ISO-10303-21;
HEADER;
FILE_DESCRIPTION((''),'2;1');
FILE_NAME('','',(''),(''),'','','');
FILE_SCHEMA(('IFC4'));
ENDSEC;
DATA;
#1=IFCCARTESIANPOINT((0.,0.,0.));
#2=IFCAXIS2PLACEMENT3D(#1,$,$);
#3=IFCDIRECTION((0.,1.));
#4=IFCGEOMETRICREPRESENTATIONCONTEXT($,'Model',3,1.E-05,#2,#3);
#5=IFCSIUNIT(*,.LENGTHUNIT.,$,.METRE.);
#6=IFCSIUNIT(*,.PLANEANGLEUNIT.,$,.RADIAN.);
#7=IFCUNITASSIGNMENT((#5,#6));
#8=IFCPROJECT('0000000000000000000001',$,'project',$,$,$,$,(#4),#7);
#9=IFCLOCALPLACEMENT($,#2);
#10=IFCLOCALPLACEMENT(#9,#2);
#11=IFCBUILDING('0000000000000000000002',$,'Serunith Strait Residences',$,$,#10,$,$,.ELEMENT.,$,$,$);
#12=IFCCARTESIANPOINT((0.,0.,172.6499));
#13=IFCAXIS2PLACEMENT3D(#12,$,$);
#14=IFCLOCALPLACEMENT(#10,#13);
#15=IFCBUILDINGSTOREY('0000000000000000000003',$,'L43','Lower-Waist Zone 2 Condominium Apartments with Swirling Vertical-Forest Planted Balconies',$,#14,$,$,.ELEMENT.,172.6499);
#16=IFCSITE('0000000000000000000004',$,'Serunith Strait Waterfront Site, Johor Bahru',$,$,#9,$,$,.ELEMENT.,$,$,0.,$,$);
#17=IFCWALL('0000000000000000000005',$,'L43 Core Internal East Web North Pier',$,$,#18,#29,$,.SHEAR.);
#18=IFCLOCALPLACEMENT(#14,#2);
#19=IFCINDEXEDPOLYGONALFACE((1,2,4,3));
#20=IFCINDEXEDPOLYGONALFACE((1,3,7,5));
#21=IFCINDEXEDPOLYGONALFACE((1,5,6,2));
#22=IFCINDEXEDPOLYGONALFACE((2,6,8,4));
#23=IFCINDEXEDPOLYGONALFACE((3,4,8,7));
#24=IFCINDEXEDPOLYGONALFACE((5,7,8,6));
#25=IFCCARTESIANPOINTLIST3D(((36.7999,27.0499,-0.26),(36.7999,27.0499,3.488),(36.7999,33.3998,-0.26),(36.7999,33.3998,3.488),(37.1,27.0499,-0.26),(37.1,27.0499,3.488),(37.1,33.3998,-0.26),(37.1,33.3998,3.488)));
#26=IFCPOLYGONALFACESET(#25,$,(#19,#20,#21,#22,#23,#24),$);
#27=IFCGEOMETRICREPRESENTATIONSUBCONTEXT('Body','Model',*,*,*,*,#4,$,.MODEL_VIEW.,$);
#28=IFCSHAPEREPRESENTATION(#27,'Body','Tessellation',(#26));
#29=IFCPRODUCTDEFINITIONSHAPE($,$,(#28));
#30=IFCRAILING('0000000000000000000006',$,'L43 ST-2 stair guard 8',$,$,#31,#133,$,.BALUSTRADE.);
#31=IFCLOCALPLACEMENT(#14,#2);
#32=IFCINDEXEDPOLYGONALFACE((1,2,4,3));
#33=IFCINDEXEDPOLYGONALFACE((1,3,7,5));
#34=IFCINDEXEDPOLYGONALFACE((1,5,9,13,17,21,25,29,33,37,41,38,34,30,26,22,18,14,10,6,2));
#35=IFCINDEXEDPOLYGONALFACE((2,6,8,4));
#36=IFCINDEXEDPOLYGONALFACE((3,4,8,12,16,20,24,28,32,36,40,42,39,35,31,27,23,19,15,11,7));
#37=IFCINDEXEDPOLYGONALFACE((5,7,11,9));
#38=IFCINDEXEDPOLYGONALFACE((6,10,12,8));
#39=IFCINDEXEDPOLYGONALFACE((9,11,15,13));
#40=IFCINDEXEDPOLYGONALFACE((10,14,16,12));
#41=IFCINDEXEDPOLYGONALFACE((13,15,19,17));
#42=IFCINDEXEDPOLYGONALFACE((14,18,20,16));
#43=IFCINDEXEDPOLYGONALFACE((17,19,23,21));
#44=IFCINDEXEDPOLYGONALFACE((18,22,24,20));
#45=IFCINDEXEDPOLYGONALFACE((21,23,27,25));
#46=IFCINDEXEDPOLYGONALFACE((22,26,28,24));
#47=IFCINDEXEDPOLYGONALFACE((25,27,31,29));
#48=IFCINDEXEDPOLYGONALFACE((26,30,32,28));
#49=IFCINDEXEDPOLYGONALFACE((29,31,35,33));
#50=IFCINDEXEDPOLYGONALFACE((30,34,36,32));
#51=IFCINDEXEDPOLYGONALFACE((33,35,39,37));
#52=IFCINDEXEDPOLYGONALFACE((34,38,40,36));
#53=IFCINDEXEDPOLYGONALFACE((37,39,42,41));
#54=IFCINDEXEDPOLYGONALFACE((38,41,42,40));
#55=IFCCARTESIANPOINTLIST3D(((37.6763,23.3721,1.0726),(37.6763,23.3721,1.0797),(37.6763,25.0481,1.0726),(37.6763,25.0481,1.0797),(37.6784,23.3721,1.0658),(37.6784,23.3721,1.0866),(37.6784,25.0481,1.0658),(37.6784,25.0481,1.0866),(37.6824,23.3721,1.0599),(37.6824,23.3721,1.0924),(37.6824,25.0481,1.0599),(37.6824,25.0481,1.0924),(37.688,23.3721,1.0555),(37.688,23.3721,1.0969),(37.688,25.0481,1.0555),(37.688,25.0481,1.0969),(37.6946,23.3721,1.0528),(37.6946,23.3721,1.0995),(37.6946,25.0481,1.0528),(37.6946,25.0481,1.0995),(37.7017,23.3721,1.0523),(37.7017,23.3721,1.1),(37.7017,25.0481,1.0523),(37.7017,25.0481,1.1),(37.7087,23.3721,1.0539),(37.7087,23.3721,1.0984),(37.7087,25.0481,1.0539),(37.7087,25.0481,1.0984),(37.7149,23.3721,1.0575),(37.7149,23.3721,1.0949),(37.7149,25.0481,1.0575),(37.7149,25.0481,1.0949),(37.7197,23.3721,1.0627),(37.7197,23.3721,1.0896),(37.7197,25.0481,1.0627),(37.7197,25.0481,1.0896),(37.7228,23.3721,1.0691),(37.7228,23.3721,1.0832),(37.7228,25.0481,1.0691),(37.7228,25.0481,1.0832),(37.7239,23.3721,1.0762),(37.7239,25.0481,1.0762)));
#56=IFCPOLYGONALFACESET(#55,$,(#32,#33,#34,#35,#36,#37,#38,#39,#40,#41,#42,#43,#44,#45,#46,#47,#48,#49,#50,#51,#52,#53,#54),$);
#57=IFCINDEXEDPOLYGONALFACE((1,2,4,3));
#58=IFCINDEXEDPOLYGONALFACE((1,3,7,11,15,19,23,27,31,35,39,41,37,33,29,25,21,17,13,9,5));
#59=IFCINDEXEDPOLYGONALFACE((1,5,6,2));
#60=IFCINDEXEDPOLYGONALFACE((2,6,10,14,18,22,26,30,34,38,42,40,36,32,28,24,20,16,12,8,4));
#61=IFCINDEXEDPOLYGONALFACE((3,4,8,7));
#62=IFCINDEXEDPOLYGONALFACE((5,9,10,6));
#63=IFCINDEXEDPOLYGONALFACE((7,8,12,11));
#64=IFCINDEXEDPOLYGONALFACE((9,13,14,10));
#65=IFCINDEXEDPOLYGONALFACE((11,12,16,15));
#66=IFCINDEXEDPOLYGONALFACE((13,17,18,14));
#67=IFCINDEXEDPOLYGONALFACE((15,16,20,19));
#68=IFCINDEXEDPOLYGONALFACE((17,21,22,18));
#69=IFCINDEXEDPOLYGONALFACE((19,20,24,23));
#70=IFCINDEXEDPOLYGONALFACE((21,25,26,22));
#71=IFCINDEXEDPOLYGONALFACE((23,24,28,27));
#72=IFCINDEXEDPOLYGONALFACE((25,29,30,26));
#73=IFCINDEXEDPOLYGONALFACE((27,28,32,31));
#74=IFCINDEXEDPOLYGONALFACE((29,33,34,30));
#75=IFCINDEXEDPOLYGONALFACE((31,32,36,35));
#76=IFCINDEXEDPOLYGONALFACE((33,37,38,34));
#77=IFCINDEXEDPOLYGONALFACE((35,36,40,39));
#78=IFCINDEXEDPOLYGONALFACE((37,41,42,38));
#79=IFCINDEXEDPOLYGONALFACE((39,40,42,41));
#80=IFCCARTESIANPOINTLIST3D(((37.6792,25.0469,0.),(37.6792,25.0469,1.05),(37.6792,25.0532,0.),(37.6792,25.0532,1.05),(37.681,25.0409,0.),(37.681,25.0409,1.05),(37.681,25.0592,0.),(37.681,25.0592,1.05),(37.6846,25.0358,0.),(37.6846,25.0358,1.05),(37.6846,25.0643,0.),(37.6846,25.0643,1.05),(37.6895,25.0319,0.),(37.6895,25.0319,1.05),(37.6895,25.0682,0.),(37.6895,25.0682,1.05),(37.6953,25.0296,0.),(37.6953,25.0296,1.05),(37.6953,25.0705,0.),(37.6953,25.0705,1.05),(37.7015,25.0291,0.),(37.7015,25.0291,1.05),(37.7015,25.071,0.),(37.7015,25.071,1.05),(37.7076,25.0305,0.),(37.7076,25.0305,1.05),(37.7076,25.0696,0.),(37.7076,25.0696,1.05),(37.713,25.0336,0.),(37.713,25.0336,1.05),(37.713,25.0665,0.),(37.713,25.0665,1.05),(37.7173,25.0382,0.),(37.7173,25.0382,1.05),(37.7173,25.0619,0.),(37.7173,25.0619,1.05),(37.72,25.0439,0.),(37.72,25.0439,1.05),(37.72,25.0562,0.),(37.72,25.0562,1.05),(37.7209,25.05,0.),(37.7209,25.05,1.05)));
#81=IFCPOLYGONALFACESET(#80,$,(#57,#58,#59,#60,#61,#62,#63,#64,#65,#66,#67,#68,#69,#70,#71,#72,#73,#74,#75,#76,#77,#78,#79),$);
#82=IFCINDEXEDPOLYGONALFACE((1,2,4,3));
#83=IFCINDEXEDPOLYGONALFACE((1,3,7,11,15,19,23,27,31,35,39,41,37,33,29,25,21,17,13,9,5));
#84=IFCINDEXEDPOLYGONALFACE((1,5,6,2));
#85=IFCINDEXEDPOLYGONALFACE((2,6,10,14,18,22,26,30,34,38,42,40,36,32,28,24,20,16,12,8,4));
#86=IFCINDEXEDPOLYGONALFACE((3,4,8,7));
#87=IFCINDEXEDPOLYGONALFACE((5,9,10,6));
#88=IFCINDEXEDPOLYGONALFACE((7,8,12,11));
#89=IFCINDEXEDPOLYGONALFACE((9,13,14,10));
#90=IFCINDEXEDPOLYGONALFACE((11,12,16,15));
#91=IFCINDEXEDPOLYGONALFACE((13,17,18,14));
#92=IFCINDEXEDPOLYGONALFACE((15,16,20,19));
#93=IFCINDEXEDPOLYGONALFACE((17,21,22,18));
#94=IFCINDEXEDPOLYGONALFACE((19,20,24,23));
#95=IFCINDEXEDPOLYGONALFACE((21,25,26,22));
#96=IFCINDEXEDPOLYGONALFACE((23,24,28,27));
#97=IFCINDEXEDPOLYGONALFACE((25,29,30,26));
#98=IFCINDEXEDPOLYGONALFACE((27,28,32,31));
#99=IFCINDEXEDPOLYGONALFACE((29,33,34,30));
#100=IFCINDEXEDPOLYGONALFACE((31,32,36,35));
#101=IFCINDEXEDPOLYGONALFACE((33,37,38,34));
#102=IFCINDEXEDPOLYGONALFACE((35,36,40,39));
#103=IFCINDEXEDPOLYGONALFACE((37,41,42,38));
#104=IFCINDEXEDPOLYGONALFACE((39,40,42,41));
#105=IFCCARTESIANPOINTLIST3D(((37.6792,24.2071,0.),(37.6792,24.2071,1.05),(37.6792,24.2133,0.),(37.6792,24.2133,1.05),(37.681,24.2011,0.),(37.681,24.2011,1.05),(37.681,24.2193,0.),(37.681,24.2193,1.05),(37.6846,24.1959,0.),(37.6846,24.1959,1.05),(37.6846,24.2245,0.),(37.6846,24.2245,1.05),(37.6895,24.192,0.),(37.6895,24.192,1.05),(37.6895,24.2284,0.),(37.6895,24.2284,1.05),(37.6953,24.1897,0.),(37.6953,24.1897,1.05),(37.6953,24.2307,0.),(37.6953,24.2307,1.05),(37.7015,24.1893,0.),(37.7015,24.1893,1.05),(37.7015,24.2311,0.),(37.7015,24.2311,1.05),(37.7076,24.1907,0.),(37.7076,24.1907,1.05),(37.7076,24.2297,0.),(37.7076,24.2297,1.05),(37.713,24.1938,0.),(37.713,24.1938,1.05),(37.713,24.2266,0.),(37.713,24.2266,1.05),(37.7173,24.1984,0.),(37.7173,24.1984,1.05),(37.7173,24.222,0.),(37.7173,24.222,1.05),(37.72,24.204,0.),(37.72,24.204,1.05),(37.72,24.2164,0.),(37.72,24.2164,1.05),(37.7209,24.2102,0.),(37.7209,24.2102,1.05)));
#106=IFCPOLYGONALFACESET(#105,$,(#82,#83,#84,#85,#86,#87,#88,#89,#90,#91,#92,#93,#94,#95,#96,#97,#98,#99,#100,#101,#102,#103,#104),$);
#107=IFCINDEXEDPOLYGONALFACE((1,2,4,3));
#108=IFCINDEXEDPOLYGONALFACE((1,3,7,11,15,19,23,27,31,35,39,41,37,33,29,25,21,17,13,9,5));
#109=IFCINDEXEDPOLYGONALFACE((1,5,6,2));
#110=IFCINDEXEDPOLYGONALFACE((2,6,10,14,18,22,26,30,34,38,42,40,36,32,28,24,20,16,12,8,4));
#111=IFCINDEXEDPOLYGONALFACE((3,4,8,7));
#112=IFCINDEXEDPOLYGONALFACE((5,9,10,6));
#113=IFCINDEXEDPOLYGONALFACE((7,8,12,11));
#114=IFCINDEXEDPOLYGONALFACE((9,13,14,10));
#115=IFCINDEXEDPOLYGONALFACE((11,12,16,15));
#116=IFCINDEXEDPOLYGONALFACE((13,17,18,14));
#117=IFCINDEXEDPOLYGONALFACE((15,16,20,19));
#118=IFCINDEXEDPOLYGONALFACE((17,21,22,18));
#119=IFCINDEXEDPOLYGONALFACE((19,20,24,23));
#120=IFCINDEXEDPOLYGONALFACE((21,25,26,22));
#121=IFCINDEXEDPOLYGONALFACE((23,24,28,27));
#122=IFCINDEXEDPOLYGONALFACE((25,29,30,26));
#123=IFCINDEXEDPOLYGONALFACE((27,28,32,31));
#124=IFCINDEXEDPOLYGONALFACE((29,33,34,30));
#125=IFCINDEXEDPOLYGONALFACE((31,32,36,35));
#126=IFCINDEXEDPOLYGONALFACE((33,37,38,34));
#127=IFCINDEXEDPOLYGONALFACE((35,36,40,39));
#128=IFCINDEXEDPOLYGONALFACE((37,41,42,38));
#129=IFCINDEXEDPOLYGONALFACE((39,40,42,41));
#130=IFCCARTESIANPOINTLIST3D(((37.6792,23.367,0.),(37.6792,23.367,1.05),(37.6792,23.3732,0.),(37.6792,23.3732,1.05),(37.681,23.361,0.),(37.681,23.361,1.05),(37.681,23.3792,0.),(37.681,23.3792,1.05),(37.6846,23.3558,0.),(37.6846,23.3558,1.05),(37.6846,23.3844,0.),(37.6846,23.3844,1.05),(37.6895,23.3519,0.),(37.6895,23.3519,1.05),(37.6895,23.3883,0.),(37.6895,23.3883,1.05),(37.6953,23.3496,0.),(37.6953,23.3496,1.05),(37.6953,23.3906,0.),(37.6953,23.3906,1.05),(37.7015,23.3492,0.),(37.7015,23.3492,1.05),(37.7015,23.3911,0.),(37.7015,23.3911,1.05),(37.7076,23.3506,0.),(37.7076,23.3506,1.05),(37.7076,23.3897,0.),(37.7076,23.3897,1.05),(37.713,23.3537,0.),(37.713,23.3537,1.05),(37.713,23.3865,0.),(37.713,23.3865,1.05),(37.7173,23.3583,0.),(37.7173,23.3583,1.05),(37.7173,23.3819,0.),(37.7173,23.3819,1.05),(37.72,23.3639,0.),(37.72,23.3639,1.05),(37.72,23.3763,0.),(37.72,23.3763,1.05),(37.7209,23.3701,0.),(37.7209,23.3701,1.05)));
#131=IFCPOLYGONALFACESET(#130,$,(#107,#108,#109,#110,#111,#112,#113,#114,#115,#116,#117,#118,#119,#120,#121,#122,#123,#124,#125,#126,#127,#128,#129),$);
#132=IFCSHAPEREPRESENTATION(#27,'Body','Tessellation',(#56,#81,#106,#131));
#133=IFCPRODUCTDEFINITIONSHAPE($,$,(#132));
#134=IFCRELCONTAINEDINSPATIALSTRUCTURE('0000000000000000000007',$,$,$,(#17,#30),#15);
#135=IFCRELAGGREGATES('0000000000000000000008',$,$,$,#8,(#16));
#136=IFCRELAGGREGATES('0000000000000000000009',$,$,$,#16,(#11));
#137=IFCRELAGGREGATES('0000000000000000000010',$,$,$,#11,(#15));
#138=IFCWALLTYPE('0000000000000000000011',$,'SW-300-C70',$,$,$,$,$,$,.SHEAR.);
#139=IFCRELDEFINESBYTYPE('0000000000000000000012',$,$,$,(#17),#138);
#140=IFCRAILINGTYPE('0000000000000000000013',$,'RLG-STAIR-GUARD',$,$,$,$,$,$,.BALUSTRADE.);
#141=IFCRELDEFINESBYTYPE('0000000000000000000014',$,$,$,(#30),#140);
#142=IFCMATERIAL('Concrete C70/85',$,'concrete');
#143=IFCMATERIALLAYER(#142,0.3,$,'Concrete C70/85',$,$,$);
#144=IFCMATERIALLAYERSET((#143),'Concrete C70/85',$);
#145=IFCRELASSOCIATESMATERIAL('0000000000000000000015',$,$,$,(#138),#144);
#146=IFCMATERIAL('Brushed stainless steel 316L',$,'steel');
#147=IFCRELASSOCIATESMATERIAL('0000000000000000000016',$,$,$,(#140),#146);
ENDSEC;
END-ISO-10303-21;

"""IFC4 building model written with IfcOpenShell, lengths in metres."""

from ifc_helpers import new_model, si_unit, direction, frame, frame_2d, origin, origin_2d, place, context, subcontext, project, spatial, rectangle, circle, extrude, material, layer, layer_set, type_object, element, save


model = new_model("IFC4")

# Units and contexts
model_context = context("Model", 3, precision=1e-05, world=origin(), true_north=direction((0.0, 1.0)))
body_context = subcontext(model_context, "Body", "Model", "MODEL_VIEW")
ifc_project = project(units=[si_unit("LENGTHUNIT", "METRE"), si_unit("PLANEANGLEUNIT", "RADIAN")], contexts=[model_context])

# Site, building, storey
site_placement = place(None, origin())
site = spatial("IfcSite", under=ifc_project, at=site_placement, Name="Serunith Strait Waterfront Site, Johor Bahru", CompositionType="ELEMENT", RefElevation=0.0)
building_placement = place(site_placement, origin())
building = spatial("IfcBuilding", under=site, at=building_placement, Name="Serunith Strait Residences", CompositionType="ELEMENT")
storey_placement = place(building_placement, frame((0.0, 0.0, 172.6499)))
storey = spatial("IfcBuildingStorey", under=building, at=storey_placement, Name="L43", Description="Lower-Waist Zone 2 Condominium Apartments with Swirling Vertical-Forest Planted Balconies", CompositionType="ELEMENT", Elevation=172.6499)

# Wall
ifc_material_1 = material(Name="Concrete C70/85", Category="concrete")
ifc_layer_1 = layer(ifc_material_1, 0.3, Name="Concrete C70/85")
ifc_layer_set_1 = layer_set([ifc_layer_1], Name="Concrete C70/85")
wall_type_1 = type_object("IfcWallType", Name="SW-300-C70", PredefinedType="SHEAR", material=ifc_layer_set_1)
wall_1_placement = place(storey_placement, frame((36.95, 27.05, -0.26), z_axis=(0.0, 0.0, 1.0), x_axis=(0.0, 1.0, 0.0)))
element("IfcWall", 1, at=wall_1_placement, inside=storey, type_object=wall_type_1, Name="L43 Core Internal East Web North Pier", PredefinedType="SHEAR", context=body_context, shape_type="SweptSolid", body=[
    extrude(rectangle(XDim=6.3499, YDim=0.3, at=frame_2d((3.1748, 0.0))), origin(), (0.0, 0.0, 1.0), 3.748),
])

# Railing
ifc_material_2 = material(Name="Brushed stainless steel 316L", Category="steel")
railing_type = type_object("IfcRailingType", Name="RLG-STAIR-GUARD", PredefinedType="BALUSTRADE", material=ifc_material_2)
for number, where, name in (
    (2, (37.7, 25.05, 0.0), "L43 ST-2 stair guard 8"),
):
    element("IfcRailing", number, at=place(storey_placement, frame(where)), inside=storey, type_object=railing_type, Name=name, PredefinedType="BALUSTRADE", context=body_context, shape_type="SweptSolid", body=[
        extrude(circle(Radius=0.0239, at=origin_2d()), frame((0.0, -0.002, 1.0762), z_axis=(0.0, -1.0, 0.0), x_axis=(1.0, 0.0, 0.0)), (0.0, 0.0, 1.0), 1.676),
        extrude(circle(Radius=0.021, at=origin_2d()), origin(), (0.0, 0.0, 1.0), 1.05),
        extrude(circle(Radius=0.021, at=origin_2d()), frame((0.0, -0.8398, 0.0)), (0.0, 0.0, 1.0), 1.05),
        extrude(circle(Radius=0.021, at=origin_2d()), frame((0.0, -1.6799, 0.0)), (0.0, 0.0, 1.0), 1.05),
    ])

save(model, "model.ifc")
